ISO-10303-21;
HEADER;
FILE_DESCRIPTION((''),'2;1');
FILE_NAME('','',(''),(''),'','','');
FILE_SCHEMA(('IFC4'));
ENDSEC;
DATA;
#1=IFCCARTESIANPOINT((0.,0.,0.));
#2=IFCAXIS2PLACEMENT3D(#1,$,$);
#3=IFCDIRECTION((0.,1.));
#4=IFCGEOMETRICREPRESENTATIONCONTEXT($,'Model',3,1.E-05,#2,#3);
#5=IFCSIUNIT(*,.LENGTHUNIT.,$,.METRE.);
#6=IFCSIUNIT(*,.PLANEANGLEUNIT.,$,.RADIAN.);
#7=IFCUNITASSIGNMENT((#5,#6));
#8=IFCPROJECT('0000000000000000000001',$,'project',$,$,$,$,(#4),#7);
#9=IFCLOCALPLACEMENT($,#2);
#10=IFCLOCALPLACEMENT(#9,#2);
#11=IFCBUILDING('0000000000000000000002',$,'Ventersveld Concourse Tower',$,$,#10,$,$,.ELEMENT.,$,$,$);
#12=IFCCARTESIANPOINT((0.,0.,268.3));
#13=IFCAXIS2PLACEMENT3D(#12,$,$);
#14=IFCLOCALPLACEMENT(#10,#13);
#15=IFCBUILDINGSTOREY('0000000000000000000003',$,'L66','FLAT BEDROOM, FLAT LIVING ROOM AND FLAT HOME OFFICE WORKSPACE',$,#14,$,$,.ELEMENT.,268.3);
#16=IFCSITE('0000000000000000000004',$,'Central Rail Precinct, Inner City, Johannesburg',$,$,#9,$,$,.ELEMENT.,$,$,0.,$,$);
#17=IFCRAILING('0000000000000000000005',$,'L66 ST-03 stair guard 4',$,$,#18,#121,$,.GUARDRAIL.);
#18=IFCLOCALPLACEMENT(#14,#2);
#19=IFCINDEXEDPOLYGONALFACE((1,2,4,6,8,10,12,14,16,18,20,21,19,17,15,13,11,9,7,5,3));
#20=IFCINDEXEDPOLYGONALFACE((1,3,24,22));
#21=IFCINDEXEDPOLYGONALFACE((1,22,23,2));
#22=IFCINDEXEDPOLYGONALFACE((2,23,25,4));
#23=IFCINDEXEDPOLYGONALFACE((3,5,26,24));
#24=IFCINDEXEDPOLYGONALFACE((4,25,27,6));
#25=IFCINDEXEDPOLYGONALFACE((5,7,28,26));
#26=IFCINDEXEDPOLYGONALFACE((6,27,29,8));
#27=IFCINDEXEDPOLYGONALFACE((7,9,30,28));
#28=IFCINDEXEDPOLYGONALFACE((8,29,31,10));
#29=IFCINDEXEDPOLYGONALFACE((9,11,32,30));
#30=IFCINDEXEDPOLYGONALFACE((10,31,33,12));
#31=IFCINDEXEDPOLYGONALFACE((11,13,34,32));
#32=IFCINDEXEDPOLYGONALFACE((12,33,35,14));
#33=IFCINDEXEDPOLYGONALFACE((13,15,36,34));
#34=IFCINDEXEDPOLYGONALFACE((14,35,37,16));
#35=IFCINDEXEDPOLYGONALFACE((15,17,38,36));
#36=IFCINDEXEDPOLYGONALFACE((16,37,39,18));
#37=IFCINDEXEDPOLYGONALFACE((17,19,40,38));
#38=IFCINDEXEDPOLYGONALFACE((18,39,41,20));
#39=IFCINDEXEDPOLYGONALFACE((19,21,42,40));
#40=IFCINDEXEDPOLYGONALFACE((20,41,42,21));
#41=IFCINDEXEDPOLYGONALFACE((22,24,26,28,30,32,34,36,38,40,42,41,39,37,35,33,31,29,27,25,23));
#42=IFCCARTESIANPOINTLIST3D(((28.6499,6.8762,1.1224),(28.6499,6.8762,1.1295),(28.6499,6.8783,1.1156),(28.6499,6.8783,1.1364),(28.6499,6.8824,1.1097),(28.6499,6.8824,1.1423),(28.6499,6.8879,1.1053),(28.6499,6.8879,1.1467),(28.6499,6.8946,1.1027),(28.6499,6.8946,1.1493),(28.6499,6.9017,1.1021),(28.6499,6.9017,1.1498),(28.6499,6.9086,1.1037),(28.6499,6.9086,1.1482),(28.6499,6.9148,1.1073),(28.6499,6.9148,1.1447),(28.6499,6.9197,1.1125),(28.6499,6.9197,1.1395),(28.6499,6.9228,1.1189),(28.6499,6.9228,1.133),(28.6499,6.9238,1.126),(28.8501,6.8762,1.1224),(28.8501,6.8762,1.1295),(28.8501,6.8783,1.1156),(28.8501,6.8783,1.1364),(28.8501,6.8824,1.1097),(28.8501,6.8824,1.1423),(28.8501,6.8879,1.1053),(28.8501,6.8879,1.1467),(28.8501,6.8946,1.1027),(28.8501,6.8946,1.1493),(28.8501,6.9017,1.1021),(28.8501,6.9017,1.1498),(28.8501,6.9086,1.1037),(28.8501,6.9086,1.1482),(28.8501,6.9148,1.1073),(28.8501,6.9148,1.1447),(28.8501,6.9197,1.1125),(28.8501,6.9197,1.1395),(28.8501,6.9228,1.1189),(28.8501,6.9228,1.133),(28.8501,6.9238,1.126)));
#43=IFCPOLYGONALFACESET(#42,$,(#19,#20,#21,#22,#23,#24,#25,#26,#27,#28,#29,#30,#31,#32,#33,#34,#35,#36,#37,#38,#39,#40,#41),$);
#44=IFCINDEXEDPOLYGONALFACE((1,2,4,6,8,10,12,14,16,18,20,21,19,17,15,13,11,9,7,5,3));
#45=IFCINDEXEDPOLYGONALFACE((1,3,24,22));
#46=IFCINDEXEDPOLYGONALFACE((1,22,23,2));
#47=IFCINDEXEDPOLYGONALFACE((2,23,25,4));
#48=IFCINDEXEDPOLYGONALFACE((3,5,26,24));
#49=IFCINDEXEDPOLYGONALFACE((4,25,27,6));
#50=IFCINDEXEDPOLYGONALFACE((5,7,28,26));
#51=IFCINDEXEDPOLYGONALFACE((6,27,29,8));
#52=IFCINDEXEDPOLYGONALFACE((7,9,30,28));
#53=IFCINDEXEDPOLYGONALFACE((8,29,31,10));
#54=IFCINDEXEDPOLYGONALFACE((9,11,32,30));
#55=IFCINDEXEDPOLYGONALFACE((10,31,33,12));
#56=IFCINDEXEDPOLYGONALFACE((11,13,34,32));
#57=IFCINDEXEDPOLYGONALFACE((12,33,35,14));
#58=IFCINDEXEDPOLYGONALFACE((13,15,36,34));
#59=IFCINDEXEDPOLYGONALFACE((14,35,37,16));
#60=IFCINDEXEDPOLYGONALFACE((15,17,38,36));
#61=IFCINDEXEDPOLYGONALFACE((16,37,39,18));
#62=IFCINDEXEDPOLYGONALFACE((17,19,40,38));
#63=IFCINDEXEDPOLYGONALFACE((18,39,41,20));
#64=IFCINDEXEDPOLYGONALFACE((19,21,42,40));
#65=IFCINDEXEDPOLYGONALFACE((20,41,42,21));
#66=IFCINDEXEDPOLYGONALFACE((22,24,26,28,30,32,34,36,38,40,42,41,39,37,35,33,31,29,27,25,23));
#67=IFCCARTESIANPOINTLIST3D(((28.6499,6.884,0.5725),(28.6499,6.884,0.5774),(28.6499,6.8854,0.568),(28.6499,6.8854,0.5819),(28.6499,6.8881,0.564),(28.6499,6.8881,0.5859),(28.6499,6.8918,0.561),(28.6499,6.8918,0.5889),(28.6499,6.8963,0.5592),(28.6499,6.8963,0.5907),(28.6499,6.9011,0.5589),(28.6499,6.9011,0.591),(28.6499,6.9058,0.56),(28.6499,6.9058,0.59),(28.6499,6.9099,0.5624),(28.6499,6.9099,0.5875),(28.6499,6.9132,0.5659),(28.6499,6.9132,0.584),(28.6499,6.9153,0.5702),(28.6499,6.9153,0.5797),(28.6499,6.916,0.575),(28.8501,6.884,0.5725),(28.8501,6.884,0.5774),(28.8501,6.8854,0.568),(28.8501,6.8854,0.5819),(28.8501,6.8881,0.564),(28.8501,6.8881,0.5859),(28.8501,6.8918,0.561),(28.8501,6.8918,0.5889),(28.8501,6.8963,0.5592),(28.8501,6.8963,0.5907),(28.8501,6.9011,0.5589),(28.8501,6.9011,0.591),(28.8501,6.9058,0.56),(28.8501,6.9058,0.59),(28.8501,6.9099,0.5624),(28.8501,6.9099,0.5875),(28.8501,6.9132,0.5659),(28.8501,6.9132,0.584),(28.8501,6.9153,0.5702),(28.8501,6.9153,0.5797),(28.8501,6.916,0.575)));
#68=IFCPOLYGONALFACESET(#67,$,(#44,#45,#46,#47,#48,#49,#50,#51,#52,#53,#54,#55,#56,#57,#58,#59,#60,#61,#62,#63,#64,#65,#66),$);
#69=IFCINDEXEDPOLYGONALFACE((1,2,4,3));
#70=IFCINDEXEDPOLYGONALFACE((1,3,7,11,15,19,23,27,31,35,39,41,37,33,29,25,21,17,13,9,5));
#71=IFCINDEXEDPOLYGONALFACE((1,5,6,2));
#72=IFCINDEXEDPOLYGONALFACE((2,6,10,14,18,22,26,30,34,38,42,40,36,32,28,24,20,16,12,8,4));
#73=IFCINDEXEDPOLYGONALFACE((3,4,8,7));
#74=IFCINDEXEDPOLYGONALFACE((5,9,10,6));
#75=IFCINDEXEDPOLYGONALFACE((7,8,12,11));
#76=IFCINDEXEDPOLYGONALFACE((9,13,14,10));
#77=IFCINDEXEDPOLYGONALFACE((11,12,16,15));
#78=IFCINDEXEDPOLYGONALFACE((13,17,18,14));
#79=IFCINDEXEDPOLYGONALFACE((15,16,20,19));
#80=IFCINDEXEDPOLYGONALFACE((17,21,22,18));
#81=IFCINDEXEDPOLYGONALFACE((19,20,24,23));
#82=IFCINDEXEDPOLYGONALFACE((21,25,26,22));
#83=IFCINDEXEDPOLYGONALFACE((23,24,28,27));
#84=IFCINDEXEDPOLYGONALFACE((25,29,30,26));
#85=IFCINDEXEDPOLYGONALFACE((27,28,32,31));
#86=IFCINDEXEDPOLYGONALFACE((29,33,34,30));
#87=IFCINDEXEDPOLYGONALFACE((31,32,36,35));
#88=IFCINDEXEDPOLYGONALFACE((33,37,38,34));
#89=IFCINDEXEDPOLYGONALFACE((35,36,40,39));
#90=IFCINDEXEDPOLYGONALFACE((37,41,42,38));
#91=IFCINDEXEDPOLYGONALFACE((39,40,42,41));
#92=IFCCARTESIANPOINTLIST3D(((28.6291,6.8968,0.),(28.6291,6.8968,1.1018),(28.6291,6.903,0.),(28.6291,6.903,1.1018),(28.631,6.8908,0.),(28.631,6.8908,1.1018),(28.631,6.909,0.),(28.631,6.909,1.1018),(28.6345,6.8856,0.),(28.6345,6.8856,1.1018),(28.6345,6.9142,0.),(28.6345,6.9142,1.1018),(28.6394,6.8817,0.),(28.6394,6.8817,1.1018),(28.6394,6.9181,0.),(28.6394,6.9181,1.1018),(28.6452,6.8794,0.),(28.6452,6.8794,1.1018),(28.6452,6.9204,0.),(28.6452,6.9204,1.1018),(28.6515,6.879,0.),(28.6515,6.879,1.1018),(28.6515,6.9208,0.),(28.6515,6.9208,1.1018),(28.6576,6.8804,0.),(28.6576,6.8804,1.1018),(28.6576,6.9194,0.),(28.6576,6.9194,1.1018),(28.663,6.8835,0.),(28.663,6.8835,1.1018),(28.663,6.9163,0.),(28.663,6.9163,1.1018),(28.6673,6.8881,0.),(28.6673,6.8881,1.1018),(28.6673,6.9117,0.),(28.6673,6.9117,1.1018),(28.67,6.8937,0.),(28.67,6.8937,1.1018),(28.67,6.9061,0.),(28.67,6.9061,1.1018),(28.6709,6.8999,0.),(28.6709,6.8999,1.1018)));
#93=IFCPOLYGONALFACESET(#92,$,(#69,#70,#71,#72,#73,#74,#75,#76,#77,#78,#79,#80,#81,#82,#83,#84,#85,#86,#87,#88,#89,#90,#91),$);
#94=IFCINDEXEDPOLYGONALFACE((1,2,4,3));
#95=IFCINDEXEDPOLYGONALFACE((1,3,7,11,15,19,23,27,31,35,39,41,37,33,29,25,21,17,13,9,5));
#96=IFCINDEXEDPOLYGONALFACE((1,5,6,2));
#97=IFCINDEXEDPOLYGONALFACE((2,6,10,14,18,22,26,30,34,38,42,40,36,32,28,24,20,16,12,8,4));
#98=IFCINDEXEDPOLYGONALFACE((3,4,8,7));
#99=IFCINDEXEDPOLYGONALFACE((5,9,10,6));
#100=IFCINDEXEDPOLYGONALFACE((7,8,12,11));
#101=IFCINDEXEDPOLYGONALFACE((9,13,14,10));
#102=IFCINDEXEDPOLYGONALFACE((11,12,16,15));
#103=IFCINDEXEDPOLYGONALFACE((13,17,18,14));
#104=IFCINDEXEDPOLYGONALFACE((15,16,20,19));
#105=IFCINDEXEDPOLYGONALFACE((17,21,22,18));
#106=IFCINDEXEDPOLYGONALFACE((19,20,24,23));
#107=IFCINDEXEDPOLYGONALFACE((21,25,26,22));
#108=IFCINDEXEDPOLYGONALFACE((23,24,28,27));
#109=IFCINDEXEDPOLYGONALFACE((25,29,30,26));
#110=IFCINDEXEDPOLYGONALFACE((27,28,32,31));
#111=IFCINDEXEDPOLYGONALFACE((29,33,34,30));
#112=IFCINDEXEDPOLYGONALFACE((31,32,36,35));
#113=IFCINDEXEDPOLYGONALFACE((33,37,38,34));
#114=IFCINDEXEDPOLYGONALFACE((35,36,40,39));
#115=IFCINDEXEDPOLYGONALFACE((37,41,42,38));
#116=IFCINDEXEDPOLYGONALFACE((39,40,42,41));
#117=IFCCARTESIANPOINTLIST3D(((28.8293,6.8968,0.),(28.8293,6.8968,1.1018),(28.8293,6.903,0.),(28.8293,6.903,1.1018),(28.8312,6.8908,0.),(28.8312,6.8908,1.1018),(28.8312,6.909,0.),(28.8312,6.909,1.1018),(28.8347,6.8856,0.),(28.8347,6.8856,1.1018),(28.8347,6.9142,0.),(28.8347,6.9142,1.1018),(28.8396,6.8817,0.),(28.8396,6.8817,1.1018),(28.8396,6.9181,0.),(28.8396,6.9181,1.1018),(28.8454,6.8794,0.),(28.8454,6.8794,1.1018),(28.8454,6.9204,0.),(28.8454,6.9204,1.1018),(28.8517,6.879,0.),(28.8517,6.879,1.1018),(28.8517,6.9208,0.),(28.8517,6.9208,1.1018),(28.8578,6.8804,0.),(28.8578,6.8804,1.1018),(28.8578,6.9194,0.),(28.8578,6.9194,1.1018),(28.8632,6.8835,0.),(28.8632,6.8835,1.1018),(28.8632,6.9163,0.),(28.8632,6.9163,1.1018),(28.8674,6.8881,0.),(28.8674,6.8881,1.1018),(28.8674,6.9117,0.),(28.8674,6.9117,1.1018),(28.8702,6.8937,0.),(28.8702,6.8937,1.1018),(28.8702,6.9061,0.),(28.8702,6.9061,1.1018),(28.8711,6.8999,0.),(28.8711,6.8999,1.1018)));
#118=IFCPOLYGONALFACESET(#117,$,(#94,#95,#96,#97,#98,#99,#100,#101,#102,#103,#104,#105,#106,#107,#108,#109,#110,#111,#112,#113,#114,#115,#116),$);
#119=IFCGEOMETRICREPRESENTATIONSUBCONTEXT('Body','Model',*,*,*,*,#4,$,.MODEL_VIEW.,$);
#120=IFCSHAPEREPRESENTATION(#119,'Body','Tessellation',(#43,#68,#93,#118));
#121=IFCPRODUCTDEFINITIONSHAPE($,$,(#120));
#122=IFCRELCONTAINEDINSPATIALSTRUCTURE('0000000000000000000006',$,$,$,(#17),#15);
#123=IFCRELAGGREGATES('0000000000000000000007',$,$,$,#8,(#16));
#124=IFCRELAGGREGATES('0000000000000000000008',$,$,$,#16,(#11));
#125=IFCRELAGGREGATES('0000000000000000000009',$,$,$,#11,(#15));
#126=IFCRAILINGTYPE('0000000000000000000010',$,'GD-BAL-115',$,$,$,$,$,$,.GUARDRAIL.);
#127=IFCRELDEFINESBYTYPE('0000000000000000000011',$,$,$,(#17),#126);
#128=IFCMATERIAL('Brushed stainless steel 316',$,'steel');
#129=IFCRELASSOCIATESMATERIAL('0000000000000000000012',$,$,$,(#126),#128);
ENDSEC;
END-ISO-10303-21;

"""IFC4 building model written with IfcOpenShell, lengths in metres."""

from ifc_helpers import new_model, si_unit, direction, frame, origin, origin_2d, place, context, subcontext, project, spatial, circle, extrude, material, type_object, element, save


model = new_model("IFC4")

# Units and contexts
model_context = context("Model", 3, precision=1e-05, world=origin(), true_north=direction((0.0, 1.0)))
body_context = subcontext(model_context, "Body", "Model", "MODEL_VIEW")
ifc_project = project(units=[si_unit("LENGTHUNIT", "METRE"), si_unit("PLANEANGLEUNIT", "RADIAN")], contexts=[model_context])

# Site, building, storey
site_placement = place(None, origin())
site = spatial("IfcSite", under=ifc_project, at=site_placement, Name="Central Rail Precinct, Inner City, Johannesburg", CompositionType="ELEMENT", RefElevation=0.0)
building_placement = place(site_placement, origin())
building = spatial("IfcBuilding", under=site, at=building_placement, Name="Ventersveld Concourse Tower", CompositionType="ELEMENT")
storey_placement = place(building_placement, frame((0.0, 0.0, 268.3)))
storey = spatial("IfcBuildingStorey", under=building, at=storey_placement, Name="L66", Description="FLAT BEDROOM, FLAT LIVING ROOM AND FLAT HOME OFFICE WORKSPACE", CompositionType="ELEMENT", Elevation=268.3)

# Railing
ifc_material_1 = material(Name="Brushed stainless steel 316", Category="steel")
railing_type_1 = type_object("IfcRailingType", Name="GD-BAL-115", PredefinedType="GUARDRAIL", material=ifc_material_1)
railing_1_placement = place(storey_placement, frame((28.6499, 6.8999, 0.0)))
element("IfcRailing", 1, at=railing_1_placement, inside=storey, type_object=railing_type_1, Name="L66 ST-03 stair guard 4", PredefinedType="GUARDRAIL", context=body_context, shape_type="SweptSolid", body=[
    extrude(circle(Radius=0.0239, at=origin_2d()), frame((0.0, 0.0, 1.126), z_axis=(1.0, 0.0, 0.0), x_axis=(0.0, 1.0, 0.0)), (0.0, 0.0, 1.0), 0.2002),
    extrude(circle(Radius=0.0161, at=origin_2d()), frame((0.0, 0.0, 0.575), z_axis=(1.0, 0.0, 0.0), x_axis=(0.0, 1.0, 0.0)), (0.0, 0.0, 1.0), 0.2002),
    extrude(circle(Radius=0.021, at=origin_2d()), origin(), (0.0, 0.0, 1.0), 1.1018),
    extrude(circle(Radius=0.021, at=origin_2d()), frame((0.2002, 0.0, 0.0)), (0.0, 0.0, 1.0), 1.1018),
])

save(model, "model.ifc")
